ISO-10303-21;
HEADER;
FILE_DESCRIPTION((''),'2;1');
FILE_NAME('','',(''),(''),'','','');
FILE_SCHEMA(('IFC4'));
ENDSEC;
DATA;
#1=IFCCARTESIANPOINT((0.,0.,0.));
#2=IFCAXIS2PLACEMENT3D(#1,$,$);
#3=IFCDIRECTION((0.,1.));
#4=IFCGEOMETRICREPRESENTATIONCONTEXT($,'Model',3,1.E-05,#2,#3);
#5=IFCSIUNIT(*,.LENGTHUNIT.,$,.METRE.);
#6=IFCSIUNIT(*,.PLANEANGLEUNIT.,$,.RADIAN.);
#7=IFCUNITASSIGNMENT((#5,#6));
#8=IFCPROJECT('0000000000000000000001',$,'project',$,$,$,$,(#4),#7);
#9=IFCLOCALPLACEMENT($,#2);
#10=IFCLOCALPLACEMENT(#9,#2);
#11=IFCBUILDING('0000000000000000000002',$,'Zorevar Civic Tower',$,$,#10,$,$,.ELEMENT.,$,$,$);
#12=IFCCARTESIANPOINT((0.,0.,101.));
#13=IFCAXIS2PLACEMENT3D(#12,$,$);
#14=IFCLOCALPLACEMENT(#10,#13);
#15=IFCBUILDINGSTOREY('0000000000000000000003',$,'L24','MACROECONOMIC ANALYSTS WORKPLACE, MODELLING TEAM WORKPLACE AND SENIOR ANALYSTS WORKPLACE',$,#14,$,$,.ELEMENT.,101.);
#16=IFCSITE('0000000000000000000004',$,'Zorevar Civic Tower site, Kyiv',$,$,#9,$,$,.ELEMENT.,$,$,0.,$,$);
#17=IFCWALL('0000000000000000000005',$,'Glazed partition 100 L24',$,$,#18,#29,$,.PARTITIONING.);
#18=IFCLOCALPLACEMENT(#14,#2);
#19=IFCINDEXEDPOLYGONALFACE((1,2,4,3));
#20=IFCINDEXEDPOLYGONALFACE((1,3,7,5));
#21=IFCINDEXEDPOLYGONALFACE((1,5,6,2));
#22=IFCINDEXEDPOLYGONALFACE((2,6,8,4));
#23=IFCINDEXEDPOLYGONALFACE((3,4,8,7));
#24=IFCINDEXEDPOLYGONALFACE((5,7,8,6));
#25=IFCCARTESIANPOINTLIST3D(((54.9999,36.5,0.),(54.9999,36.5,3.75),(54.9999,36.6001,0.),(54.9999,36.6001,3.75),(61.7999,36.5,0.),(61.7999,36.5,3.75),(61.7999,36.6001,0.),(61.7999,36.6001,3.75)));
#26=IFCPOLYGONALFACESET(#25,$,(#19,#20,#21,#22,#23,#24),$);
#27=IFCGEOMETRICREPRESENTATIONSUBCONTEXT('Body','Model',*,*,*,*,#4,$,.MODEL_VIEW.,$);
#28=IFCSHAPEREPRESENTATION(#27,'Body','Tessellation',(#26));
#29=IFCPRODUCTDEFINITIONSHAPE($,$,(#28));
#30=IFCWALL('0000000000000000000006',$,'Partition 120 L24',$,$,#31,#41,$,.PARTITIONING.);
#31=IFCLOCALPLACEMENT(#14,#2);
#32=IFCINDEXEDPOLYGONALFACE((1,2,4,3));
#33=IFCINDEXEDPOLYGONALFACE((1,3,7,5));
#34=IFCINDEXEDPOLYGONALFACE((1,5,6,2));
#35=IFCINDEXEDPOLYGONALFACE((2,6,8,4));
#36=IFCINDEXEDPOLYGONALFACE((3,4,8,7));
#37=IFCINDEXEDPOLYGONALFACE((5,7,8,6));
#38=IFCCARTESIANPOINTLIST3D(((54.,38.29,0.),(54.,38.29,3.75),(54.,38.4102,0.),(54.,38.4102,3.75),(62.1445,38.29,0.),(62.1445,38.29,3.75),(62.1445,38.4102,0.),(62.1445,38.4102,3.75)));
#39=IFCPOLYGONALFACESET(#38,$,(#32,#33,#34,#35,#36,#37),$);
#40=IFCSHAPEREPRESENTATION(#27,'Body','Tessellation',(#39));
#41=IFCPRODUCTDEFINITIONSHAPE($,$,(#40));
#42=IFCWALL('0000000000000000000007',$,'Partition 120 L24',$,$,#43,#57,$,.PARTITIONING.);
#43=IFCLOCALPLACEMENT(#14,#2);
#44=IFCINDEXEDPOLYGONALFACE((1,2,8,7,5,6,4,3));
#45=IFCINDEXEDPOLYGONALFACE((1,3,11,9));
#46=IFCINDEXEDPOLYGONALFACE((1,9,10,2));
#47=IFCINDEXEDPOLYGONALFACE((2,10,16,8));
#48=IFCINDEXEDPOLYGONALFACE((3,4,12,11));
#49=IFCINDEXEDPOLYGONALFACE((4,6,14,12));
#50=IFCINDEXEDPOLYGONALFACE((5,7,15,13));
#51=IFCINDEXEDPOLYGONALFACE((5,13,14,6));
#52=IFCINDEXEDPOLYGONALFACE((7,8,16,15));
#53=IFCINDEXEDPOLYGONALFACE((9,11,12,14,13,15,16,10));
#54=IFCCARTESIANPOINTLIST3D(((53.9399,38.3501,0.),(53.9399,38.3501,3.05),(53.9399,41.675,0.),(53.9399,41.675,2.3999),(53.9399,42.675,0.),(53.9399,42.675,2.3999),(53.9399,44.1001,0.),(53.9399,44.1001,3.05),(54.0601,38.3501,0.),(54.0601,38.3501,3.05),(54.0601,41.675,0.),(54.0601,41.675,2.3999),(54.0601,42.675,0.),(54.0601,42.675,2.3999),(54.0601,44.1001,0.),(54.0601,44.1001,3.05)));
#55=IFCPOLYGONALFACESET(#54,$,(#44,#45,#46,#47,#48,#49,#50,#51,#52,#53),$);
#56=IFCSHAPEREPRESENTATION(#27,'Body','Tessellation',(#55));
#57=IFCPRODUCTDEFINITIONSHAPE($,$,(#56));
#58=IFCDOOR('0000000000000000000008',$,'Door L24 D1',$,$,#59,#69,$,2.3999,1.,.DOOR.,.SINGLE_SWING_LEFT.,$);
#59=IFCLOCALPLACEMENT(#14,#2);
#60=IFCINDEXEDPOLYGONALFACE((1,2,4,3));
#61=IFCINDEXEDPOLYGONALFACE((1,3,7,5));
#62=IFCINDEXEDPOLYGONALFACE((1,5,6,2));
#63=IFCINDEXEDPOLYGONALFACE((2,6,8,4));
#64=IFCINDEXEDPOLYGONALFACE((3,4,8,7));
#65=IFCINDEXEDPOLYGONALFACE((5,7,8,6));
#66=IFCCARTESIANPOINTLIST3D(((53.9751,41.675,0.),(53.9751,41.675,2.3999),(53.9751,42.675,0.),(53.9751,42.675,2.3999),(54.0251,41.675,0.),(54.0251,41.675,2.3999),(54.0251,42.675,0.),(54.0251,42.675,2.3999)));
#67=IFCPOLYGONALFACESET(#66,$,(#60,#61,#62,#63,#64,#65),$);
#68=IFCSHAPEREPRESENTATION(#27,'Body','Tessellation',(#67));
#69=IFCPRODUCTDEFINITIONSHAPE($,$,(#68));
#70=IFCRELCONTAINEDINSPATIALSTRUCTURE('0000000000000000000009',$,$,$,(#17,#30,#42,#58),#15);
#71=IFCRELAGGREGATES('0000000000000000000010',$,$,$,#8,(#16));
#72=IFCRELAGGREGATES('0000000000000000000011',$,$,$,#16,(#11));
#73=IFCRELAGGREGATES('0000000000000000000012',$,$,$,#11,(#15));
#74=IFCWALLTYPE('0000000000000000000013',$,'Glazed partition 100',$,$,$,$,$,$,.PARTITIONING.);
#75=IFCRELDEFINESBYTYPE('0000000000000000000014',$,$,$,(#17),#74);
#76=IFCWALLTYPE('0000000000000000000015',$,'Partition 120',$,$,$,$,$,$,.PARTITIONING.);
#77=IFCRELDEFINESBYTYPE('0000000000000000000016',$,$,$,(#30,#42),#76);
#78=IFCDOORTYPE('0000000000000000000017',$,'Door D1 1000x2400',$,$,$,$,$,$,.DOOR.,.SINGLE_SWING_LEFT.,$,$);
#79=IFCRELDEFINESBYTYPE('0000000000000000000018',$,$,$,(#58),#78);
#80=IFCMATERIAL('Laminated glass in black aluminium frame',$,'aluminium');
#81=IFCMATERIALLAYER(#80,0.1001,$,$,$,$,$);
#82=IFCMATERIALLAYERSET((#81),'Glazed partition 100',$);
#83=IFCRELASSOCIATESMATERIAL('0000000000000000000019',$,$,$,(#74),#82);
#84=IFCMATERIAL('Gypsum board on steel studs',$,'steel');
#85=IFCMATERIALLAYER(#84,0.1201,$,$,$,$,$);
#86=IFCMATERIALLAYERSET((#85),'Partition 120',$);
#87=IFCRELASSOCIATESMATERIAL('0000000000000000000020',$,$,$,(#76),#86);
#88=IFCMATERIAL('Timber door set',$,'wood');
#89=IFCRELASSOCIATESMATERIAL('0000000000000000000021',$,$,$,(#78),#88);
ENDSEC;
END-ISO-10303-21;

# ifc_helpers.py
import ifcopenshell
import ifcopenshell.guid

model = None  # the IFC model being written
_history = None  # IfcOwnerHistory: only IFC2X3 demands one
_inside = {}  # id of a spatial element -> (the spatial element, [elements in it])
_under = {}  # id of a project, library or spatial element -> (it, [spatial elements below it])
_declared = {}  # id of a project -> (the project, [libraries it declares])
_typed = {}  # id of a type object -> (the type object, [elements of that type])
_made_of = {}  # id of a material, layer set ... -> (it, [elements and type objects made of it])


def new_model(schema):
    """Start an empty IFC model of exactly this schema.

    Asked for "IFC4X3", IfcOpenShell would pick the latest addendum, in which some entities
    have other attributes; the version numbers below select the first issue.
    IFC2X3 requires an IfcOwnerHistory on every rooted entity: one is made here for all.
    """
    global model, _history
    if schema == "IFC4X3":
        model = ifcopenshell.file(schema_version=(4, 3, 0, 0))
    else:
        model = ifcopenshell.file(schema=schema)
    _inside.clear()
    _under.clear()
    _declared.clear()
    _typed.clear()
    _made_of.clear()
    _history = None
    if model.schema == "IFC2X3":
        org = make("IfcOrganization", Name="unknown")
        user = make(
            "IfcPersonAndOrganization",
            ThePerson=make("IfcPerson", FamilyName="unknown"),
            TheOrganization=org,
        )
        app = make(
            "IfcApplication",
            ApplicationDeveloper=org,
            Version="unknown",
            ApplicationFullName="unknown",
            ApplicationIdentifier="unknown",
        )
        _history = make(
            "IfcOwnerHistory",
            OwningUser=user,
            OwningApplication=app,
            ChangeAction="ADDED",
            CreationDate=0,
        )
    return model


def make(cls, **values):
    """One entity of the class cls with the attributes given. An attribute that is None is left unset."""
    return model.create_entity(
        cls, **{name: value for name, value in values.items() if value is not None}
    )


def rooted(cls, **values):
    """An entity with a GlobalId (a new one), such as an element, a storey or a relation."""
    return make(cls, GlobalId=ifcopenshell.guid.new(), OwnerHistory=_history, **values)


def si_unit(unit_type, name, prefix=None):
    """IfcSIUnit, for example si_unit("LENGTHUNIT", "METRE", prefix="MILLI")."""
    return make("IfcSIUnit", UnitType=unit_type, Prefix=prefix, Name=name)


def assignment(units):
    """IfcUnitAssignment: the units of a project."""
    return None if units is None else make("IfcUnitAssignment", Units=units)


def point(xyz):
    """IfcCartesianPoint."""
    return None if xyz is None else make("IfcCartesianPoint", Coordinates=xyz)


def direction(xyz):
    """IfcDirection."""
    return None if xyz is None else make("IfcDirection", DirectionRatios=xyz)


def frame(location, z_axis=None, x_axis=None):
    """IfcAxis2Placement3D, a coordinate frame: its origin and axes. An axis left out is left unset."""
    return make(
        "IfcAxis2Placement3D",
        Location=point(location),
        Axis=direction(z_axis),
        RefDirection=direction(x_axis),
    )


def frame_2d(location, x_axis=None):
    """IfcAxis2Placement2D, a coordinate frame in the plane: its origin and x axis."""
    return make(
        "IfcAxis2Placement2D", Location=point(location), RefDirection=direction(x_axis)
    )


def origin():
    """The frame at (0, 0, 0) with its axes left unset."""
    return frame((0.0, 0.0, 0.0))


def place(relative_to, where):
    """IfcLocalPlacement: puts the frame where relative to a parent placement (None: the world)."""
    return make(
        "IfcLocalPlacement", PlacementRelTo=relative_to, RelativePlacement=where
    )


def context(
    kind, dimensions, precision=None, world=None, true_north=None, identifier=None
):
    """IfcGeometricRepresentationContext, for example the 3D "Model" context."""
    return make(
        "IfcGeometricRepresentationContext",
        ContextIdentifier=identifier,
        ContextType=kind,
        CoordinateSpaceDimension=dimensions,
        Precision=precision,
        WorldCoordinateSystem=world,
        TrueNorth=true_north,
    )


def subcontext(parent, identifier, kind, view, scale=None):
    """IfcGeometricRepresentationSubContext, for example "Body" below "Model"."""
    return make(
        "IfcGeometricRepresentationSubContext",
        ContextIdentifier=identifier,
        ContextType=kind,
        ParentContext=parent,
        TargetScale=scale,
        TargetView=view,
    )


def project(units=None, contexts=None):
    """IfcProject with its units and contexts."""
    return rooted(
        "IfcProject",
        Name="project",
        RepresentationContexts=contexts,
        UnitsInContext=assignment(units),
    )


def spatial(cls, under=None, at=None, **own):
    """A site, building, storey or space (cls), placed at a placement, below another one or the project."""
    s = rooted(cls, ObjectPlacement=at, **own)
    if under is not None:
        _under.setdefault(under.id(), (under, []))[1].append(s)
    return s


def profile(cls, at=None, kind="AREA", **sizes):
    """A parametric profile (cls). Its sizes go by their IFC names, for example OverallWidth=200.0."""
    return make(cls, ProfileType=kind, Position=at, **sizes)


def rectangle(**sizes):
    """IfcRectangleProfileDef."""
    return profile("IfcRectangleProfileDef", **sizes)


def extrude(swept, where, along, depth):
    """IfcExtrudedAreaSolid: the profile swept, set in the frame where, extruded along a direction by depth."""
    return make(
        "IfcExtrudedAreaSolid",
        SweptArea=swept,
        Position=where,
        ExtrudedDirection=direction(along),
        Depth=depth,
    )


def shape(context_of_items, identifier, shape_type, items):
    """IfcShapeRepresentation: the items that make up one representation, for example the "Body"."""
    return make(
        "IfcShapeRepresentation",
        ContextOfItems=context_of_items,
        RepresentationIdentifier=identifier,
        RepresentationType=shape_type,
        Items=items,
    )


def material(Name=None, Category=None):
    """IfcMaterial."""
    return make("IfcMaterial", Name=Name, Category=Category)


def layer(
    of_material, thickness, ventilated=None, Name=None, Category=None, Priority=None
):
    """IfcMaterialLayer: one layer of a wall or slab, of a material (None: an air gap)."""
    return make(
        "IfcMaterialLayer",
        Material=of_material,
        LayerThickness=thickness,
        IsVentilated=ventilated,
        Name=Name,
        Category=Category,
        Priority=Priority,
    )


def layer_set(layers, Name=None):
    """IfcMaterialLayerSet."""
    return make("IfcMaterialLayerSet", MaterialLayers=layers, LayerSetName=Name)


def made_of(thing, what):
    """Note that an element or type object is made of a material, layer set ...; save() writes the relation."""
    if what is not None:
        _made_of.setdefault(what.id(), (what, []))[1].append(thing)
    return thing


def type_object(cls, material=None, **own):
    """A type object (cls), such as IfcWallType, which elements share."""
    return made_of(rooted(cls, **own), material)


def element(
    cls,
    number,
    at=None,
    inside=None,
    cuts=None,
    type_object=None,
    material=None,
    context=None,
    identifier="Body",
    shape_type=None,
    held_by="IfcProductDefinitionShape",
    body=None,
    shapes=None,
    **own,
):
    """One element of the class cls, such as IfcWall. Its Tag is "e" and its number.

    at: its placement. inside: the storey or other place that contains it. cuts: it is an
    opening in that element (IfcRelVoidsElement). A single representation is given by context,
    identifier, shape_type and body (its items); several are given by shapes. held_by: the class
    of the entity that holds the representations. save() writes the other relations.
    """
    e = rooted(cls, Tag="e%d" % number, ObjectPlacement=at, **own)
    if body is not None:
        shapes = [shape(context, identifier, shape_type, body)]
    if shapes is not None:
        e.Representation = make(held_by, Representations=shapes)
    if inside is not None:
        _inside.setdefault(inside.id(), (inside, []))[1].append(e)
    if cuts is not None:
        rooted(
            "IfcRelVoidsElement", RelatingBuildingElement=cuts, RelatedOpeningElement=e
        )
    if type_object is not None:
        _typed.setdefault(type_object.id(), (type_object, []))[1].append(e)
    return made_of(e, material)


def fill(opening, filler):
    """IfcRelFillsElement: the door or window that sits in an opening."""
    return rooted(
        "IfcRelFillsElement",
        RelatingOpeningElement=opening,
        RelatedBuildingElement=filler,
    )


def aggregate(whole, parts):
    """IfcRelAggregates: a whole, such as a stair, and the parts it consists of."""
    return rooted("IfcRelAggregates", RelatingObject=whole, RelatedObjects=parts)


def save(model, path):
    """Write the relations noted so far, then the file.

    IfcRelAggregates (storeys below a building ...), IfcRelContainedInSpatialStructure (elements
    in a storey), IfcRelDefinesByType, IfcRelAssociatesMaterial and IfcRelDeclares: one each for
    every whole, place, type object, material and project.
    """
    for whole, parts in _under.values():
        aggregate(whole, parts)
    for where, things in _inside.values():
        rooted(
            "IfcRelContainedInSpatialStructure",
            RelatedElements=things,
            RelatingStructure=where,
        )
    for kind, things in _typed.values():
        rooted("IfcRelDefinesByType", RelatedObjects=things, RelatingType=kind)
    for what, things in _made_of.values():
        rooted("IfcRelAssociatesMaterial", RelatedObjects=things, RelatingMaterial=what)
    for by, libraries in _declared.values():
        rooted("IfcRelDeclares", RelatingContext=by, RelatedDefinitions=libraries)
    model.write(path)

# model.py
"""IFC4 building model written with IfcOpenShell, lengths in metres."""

from ifc_helpers import new_model, si_unit, direction, frame, frame_2d, origin, place, context, subcontext, project, spatial, rectangle, extrude, material, layer, layer_set, type_object, element, fill, save


model = new_model("IFC4")

# Units and contexts
model_context = context("Model", 3, precision=1e-05, world=origin(), true_north=direction((0.0, 1.0)))
body_context = subcontext(model_context, "Body", "Model", "MODEL_VIEW")
ifc_project = project(units=[si_unit("LENGTHUNIT", "METRE"), si_unit("PLANEANGLEUNIT", "RADIAN")], contexts=[model_context])

# Site, building, storey
site_placement = place(None, origin())
site = spatial("IfcSite", under=ifc_project, at=site_placement, Name="Zorevar Civic Tower site, Kyiv", CompositionType="ELEMENT", RefElevation=0.0)
building_placement = place(site_placement, origin())
building = spatial("IfcBuilding", under=site, at=building_placement, Name="Zorevar Civic Tower", CompositionType="ELEMENT")
storey_placement = place(building_placement, frame((0.0, 0.0, 101.0)))
storey = spatial("IfcBuildingStorey", under=building, at=storey_placement, Name="L24", Description="MACROECONOMIC ANALYSTS WORKPLACE, MODELLING TEAM WORKPLACE AND SENIOR ANALYSTS WORKPLACE", CompositionType="ELEMENT", Elevation=101.0)

# Walls
ifc_material_1 = material(Name="Laminated glass in black aluminium frame", Category="aluminium")
ifc_layer_1 = layer(ifc_material_1, 0.1001)
ifc_layer_set_1 = layer_set([ifc_layer_1], Name="Glazed partition 100")
wall_type_1 = type_object("IfcWallType", Name="Glazed partition 100", PredefinedType="PARTITIONING", material=ifc_layer_set_1)
wall_1_placement = place(storey_placement, frame((55.0, 36.55, 0.0), z_axis=(0.0, 0.0, 1.0), x_axis=(1.0, 0.0, 0.0)))
element("IfcWall", 1, at=wall_1_placement, inside=storey, type_object=wall_type_1, Name="Glazed partition 100 L24", PredefinedType="PARTITIONING", context=body_context, shape_type="SweptSolid", body=[
    extrude(rectangle(XDim=6.8, YDim=0.1001, at=frame_2d((3.3999, 0.0))), origin(), (0.0, 0.0, 1.0), 3.75),
])
ifc_material_2 = material(Name="Gypsum board on steel studs", Category="steel")
ifc_layer_2 = layer(ifc_material_2, 0.1201)
ifc_layer_set_2 = layer_set([ifc_layer_2], Name="Partition 120")
wall_type_2 = type_object("IfcWallType", Name="Partition 120", PredefinedType="PARTITIONING", material=ifc_layer_set_2)
wall_2_placement = place(storey_placement, frame((54.0, 38.3501, 0.0), z_axis=(0.0, 0.0, 1.0), x_axis=(1.0, 0.0, 0.0)))
element("IfcWall", 2, at=wall_2_placement, inside=storey, type_object=wall_type_2, Name="Partition 120 L24", PredefinedType="PARTITIONING", context=body_context, shape_type="SweptSolid", body=[
    extrude(rectangle(XDim=8.1445, YDim=0.1201, at=frame_2d((4.0723, 0.0))), origin(), (0.0, 0.0, 1.0), 3.75),
])

# Wall, opening, door
wall_3_placement = place(storey_placement, frame((54.0, 38.3501, 0.0), z_axis=(0.0, 0.0, 1.0), x_axis=(0.0, 1.0, 0.0)))
wall_3 = element("IfcWall", 3, at=wall_3_placement, inside=storey, type_object=wall_type_2, Name="Partition 120 L24", PredefinedType="PARTITIONING", context=body_context, shape_type="SweptSolid", body=[
    extrude(rectangle(XDim=5.75, YDim=0.1201, at=frame_2d((2.875, 0.0))), origin(), (0.0, 0.0, 1.0), 3.05),
])
opening_placement = place(wall_3_placement, frame((3.325, 0.0, 0.0)))
opening = element("IfcOpeningElement", 4, at=opening_placement, cuts=wall_3, PredefinedType="OPENING", context=body_context, shape_type="SweptSolid", body=[
    extrude(rectangle(XDim=1.0, YDim=2.3999, at=frame_2d((0.5, 1.2))), frame((0.0, 0.0701, 0.0), z_axis=(0.0, -1.0, 0.0), x_axis=(1.0, 0.0, 0.0)), (0.0, 0.0, 1.0), 0.1401),
])
ifc_material_3 = material(Name="Timber door set", Category="wood")
door_type = type_object("IfcDoorType", Name="Door D1 1000x2400", OperationType="SINGLE_SWING_LEFT", PredefinedType="DOOR", material=ifc_material_3)
door_placement = place(opening_placement, origin())
door = element("IfcDoor", 5, at=door_placement, inside=storey, type_object=door_type, Name="Door L24 D1", OperationType="SINGLE_SWING_LEFT", OverallHeight=2.3999, OverallWidth=1.0, PredefinedType="DOOR", context=body_context, shape_type="SweptSolid", body=[
    extrude(rectangle(XDim=1.0, YDim=2.3999, at=frame_2d((0.5, 1.2))), frame((0.0, 0.0249, 0.0), z_axis=(0.0, -1.0, 0.0), x_axis=(1.0, 0.0, 0.0)), (0.0, 0.0, 1.0), 0.05),
])
fill(opening, door)

save(model, "model.ifc")
